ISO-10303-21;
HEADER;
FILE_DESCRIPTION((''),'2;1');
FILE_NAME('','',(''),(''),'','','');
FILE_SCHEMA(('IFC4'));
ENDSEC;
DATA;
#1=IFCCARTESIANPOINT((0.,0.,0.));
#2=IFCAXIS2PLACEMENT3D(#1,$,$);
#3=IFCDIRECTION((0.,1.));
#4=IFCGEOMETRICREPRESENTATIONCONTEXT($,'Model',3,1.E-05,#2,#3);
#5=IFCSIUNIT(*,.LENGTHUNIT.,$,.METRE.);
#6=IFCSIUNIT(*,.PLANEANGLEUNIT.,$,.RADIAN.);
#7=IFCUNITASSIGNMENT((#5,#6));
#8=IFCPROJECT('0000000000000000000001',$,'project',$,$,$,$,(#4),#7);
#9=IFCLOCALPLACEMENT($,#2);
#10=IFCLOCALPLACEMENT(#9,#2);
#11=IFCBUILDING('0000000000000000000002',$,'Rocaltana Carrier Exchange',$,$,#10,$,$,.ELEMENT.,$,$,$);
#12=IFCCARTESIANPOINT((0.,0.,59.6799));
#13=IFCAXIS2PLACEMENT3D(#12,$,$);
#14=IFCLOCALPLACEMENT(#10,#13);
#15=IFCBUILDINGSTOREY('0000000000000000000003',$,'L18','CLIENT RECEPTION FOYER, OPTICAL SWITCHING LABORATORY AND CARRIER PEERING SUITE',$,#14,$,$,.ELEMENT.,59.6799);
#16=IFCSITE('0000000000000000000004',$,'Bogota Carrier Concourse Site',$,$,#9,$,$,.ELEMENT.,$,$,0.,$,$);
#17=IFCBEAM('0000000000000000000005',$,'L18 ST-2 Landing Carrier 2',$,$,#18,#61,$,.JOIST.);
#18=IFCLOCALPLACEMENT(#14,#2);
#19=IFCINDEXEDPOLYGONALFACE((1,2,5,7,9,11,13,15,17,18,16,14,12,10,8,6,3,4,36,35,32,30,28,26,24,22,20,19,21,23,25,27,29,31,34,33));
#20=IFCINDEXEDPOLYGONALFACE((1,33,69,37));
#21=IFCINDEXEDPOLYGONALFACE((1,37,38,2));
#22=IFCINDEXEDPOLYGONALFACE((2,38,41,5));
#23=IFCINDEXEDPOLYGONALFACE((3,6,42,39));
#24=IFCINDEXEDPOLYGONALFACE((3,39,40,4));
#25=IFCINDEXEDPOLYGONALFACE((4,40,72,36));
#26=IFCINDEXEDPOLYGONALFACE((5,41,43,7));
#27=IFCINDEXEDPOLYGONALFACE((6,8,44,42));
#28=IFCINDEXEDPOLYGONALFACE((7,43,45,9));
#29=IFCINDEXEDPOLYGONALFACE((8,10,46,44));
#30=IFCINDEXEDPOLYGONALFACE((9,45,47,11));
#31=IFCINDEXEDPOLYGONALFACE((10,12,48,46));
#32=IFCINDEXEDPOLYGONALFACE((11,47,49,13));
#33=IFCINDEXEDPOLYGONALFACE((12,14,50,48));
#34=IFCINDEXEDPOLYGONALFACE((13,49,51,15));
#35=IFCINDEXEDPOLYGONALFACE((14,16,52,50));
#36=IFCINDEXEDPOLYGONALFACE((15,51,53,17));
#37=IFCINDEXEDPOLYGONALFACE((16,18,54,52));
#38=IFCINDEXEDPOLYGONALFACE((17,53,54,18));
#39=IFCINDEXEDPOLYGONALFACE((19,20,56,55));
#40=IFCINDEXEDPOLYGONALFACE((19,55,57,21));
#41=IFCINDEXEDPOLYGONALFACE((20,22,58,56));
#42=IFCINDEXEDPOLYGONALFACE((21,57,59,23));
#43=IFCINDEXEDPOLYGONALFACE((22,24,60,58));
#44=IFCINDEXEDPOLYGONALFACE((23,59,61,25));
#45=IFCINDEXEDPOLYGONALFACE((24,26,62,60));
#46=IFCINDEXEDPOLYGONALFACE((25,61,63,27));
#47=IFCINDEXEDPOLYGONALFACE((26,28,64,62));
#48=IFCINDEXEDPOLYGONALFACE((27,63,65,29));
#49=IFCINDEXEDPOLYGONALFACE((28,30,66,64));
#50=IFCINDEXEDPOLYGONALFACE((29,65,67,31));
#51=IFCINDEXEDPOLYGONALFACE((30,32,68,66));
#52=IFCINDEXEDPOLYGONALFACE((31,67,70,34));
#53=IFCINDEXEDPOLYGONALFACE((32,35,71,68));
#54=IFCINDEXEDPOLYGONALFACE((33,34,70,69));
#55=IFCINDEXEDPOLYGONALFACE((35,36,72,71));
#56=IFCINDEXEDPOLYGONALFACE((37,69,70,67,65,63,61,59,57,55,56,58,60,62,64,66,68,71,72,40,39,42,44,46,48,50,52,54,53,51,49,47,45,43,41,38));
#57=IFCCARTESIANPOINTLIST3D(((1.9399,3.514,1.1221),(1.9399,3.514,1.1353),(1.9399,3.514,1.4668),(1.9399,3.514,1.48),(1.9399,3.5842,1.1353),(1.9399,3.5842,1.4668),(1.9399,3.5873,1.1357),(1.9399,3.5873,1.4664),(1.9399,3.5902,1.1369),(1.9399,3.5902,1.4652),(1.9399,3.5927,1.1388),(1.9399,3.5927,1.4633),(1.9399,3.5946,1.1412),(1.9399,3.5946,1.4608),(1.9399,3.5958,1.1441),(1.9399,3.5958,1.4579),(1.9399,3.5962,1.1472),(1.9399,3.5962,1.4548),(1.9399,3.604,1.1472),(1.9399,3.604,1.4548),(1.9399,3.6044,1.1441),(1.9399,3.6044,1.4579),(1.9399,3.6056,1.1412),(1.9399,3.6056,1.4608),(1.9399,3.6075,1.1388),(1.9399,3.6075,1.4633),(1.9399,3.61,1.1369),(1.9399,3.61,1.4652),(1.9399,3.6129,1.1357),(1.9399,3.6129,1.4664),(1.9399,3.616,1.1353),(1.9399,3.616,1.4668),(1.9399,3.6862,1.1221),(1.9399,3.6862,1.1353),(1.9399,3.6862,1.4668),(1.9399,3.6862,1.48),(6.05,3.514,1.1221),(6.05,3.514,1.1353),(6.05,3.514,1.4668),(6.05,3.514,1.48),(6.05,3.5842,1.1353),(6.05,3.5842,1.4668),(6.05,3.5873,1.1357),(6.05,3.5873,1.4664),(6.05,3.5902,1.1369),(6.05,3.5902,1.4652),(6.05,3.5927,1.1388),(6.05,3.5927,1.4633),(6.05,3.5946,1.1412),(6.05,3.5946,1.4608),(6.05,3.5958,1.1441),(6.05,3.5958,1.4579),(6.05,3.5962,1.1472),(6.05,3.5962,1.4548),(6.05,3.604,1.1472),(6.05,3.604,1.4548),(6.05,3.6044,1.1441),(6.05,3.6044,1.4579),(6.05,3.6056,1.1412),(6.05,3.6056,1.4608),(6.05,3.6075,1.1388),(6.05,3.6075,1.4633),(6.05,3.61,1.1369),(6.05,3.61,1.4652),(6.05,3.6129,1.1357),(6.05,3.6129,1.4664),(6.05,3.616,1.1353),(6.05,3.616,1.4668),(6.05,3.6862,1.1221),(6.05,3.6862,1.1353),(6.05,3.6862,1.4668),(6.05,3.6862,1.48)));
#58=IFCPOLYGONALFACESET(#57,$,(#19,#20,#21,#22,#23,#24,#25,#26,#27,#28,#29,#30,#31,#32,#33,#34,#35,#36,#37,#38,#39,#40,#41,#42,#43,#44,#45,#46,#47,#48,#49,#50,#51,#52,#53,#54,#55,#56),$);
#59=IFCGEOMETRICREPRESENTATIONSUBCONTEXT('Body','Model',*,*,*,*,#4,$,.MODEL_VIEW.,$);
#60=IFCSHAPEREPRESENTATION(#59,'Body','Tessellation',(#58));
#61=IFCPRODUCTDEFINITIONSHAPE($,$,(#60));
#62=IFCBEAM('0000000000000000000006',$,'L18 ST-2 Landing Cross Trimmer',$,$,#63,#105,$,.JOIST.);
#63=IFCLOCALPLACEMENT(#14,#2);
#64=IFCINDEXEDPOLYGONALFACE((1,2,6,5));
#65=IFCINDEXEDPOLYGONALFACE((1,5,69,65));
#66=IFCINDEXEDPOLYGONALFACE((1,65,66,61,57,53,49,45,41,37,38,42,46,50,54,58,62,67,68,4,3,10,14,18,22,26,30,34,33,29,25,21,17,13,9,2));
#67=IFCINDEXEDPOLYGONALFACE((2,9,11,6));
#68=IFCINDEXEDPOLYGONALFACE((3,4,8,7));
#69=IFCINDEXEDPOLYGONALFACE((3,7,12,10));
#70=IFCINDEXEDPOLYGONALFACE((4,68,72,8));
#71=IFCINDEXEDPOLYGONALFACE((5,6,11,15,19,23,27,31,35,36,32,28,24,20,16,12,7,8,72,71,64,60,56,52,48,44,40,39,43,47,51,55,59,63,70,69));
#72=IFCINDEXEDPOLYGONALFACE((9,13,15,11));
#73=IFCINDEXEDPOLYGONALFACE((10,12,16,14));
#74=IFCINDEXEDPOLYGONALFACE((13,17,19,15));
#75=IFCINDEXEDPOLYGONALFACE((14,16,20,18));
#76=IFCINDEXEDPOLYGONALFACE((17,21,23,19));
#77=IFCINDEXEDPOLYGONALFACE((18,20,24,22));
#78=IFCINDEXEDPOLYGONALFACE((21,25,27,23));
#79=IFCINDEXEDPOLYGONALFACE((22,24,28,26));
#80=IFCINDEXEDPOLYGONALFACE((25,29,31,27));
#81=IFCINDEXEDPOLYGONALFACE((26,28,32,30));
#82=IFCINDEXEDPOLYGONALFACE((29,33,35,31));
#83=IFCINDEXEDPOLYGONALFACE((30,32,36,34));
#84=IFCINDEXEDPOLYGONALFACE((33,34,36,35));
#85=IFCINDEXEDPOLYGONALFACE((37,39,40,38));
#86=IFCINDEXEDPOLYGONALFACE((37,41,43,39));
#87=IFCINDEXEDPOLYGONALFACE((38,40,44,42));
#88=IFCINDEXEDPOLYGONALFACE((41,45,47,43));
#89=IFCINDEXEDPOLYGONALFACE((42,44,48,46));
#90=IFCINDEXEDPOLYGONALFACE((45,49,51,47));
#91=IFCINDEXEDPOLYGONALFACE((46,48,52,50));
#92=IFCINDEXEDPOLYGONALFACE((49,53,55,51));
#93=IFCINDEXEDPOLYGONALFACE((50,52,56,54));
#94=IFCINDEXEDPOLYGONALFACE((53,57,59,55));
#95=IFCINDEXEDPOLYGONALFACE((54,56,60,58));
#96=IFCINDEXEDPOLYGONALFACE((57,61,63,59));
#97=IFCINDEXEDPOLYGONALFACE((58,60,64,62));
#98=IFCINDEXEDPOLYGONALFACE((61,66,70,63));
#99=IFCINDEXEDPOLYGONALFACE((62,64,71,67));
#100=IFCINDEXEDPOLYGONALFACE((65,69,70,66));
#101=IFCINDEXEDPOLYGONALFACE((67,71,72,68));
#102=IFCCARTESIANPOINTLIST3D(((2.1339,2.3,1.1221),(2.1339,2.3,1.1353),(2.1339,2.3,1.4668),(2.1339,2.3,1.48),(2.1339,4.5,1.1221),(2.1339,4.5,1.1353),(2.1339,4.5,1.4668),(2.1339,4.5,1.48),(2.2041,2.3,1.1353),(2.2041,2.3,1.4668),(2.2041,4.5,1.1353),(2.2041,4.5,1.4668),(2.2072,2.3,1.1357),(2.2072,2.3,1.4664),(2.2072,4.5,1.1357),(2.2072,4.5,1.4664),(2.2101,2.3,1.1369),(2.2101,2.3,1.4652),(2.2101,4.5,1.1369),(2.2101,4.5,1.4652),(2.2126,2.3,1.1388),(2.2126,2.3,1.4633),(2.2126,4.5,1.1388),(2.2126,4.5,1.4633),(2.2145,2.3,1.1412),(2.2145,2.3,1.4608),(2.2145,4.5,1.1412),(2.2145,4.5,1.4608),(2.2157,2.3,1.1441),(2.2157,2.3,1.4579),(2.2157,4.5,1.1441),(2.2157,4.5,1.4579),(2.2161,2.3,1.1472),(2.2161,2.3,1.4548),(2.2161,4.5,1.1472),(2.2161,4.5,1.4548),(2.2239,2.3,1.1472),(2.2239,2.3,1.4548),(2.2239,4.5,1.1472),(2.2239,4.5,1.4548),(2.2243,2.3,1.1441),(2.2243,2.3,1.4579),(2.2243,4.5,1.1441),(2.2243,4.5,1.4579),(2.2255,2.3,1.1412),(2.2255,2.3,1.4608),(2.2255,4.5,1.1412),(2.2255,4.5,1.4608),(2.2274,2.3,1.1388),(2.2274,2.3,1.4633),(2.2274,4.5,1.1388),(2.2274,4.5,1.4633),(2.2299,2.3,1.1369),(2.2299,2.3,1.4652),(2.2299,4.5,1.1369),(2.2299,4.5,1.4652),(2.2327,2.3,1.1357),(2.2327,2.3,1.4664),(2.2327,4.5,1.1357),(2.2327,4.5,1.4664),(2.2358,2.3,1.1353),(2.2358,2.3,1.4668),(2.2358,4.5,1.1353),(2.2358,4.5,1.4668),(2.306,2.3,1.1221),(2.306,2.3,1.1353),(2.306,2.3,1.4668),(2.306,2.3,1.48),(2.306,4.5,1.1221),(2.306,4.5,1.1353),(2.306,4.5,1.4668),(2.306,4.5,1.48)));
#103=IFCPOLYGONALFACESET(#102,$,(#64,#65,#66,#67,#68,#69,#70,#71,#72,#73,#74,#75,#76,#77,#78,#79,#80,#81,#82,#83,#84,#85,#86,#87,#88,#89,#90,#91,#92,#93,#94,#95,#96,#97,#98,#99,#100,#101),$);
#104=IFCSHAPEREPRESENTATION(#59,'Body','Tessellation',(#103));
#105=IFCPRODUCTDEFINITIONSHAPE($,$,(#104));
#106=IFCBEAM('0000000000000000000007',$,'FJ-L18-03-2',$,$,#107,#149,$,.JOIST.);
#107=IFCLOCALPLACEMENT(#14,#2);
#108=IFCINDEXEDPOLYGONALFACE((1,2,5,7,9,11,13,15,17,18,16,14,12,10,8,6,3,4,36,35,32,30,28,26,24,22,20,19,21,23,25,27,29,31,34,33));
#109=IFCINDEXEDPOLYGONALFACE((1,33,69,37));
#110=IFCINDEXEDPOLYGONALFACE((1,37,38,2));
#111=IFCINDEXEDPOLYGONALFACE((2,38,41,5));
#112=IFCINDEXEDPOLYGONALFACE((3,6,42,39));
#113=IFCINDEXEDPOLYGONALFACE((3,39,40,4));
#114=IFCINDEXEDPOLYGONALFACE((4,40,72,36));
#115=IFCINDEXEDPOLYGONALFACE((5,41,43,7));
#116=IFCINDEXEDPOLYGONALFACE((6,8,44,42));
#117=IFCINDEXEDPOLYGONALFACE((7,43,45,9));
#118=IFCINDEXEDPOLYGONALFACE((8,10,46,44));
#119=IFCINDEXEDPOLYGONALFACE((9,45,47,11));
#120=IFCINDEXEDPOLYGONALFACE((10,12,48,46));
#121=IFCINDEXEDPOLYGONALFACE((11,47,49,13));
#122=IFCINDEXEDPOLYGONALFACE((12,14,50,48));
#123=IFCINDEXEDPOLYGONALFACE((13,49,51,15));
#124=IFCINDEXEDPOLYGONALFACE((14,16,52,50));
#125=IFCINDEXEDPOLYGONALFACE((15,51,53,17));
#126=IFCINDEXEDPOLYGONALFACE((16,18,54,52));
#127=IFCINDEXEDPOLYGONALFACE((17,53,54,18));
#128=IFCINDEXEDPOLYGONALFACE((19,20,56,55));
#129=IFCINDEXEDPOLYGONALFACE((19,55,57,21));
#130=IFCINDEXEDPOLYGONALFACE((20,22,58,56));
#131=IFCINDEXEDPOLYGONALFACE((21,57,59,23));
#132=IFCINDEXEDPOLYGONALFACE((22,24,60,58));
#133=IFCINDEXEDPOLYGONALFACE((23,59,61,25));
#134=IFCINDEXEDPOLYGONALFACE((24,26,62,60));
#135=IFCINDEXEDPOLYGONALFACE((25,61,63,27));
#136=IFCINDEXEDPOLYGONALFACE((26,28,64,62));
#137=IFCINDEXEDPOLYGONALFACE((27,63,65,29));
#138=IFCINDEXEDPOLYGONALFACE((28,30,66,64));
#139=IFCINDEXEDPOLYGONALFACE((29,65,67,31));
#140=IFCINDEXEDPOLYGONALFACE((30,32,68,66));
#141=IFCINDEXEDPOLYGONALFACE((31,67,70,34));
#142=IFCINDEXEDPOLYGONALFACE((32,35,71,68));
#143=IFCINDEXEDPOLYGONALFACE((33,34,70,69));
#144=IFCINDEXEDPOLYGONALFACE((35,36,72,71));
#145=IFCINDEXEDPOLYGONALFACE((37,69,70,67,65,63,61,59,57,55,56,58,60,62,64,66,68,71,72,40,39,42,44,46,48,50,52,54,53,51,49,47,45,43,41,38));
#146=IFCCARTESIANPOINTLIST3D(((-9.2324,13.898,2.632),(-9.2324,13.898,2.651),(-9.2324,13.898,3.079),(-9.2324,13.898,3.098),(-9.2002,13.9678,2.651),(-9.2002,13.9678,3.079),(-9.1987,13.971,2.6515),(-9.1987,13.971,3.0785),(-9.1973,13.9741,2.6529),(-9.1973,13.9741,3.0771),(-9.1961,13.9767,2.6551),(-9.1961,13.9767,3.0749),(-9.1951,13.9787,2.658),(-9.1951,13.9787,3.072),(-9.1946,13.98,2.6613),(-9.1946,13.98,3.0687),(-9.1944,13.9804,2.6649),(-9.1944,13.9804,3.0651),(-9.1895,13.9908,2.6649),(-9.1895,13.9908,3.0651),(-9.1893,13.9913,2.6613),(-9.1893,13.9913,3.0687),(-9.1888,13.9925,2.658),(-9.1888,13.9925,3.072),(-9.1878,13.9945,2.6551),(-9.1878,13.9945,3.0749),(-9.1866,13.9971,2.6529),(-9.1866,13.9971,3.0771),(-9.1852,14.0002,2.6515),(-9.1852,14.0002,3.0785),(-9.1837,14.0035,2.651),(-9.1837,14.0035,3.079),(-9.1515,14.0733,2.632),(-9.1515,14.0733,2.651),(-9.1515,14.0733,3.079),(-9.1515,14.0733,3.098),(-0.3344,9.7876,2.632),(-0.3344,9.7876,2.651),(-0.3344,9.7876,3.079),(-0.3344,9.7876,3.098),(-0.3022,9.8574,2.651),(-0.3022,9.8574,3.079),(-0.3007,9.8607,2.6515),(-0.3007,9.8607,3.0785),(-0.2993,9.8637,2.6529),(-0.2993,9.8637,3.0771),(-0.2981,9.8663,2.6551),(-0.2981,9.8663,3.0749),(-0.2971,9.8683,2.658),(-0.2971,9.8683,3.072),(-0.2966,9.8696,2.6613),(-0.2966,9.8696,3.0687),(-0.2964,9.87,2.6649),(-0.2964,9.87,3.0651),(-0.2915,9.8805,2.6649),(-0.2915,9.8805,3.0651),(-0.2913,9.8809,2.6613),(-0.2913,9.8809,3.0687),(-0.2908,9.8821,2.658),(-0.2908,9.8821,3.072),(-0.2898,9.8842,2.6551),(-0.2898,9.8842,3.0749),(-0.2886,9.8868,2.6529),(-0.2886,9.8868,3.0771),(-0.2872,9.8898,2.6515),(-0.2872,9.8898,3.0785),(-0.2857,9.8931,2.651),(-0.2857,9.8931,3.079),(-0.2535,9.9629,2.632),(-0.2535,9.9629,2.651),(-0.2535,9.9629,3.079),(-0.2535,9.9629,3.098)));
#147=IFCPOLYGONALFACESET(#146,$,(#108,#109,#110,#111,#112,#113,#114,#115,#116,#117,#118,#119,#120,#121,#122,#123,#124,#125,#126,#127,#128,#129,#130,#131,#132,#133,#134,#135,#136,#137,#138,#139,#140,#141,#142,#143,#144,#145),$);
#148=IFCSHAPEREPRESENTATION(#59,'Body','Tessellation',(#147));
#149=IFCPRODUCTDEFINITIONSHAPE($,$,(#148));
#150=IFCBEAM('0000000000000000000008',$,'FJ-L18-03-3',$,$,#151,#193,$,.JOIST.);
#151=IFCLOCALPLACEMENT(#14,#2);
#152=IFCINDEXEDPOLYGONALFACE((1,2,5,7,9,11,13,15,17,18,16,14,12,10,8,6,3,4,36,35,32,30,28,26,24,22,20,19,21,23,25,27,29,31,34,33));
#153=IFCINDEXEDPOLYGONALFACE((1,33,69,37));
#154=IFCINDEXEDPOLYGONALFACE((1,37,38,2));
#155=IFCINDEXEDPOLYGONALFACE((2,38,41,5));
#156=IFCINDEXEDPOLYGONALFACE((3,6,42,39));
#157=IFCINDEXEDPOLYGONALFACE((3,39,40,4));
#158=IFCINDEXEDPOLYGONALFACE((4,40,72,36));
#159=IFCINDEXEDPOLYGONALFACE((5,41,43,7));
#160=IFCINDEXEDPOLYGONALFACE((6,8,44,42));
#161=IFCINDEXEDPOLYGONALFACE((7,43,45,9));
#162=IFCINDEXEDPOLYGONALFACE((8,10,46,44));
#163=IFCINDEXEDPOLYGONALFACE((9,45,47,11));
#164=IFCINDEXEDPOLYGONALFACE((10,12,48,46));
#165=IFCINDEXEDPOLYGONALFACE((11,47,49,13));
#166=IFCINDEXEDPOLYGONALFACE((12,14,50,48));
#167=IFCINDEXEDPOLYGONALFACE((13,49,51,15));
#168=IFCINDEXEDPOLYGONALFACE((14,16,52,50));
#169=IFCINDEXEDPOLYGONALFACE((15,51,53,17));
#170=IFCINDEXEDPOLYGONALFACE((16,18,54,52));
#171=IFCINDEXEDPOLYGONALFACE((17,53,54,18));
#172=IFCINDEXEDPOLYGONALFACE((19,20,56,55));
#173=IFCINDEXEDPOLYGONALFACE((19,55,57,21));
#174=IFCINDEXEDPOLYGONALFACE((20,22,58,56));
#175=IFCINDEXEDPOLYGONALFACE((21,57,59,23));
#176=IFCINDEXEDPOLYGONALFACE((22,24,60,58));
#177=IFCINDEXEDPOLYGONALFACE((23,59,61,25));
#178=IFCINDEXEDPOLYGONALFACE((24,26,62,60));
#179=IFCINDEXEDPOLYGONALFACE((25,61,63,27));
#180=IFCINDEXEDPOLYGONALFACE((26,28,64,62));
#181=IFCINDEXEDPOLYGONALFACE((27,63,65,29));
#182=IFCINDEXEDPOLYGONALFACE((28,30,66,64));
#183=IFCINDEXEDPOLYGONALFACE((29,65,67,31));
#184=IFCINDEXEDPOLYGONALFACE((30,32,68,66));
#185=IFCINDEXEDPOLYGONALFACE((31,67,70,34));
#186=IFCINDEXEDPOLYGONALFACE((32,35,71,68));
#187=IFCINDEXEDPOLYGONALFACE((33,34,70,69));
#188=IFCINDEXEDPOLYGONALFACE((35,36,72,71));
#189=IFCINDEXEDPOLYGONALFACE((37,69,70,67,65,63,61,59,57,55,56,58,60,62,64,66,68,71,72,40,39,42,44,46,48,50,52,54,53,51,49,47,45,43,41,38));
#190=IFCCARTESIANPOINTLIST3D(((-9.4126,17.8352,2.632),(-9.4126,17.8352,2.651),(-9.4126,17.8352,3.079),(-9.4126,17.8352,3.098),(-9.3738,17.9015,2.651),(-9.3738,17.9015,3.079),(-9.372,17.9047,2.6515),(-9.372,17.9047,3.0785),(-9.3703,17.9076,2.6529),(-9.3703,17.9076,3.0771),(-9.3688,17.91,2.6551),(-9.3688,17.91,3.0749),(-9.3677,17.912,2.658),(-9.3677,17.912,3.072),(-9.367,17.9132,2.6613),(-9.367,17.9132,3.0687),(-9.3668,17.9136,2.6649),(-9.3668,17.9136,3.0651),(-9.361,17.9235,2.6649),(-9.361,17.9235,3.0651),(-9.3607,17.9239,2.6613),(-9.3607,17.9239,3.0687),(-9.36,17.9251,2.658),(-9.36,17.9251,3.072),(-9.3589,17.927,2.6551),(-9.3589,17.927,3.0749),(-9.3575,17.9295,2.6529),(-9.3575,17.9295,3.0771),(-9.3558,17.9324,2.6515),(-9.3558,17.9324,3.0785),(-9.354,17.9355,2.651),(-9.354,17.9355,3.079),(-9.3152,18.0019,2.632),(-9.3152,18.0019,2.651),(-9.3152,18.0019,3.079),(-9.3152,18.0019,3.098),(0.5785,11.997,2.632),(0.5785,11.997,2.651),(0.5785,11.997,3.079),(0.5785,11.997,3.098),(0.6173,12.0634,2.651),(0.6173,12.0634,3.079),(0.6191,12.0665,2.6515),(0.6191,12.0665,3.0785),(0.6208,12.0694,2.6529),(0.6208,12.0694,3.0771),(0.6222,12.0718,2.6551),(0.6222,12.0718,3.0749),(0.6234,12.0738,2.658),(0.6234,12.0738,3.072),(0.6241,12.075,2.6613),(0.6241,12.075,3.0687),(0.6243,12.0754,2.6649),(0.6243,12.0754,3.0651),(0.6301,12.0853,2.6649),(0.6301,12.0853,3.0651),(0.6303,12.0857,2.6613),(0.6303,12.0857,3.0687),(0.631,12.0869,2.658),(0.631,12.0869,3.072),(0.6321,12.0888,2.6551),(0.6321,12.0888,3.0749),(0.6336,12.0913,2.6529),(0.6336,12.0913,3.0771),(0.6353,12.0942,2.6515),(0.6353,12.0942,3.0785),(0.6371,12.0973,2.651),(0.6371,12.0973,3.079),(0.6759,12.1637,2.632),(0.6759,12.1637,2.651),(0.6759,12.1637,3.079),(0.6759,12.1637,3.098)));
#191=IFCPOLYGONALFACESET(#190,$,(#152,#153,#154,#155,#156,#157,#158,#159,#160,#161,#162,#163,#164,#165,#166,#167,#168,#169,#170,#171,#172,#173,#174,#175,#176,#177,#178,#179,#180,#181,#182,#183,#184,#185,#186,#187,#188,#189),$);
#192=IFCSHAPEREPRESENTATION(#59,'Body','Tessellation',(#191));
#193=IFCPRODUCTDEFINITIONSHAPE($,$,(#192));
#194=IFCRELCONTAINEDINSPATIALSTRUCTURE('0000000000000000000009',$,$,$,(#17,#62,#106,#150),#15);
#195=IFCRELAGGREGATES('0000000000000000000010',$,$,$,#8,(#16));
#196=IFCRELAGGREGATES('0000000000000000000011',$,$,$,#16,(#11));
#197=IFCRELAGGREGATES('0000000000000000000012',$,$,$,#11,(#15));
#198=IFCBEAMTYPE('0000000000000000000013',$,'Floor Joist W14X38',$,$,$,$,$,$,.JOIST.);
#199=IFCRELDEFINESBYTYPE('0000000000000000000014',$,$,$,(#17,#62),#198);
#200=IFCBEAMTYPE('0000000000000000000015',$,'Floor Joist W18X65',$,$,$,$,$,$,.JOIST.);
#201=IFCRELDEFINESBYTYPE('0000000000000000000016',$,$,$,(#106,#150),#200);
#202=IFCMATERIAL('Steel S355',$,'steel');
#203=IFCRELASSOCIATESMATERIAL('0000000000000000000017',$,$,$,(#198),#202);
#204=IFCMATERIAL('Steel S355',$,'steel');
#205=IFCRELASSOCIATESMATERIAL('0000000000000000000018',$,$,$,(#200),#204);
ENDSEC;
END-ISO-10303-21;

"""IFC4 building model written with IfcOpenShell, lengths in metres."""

from ifc_helpers import new_model, si_unit, direction, frame, origin, origin_2d, place, context, subcontext, project, spatial, i_section, extrude, material, material_profile, profile_set, type_object, element, save


model = new_model("IFC4")

# Units and contexts
model_context = context("Model", 3, precision=1e-05, world=origin(), true_north=direction((0.0, 1.0)))
body_context = subcontext(model_context, "Body", "Model", "MODEL_VIEW")
ifc_project = project(units=[si_unit("LENGTHUNIT", "METRE"), si_unit("PLANEANGLEUNIT", "RADIAN")], contexts=[model_context])

# Site, building, storey
site_placement = place(None, origin())
site = spatial("IfcSite", under=ifc_project, at=site_placement, Name="Bogota Carrier Concourse Site", CompositionType="ELEMENT", RefElevation=0.0)
building_placement = place(site_placement, origin())
building = spatial("IfcBuilding", under=site, at=building_placement, Name="Rocaltana Carrier Exchange", CompositionType="ELEMENT")
storey_placement = place(building_placement, frame((0.0, 0.0, 59.6799)))
storey = spatial("IfcBuildingStorey", under=building, at=storey_placement, Name="L18", Description="CLIENT RECEPTION FOYER, OPTICAL SWITCHING LABORATORY AND CARRIER PEERING SUITE", CompositionType="ELEMENT", Elevation=59.6799)

# Beams
ifc_material_1 = material(Name="Steel S355", Category="steel")
ifc_material_profile_1 = material_profile(ifc_material_1, i_section(OverallWidth=0.1721, OverallDepth=0.3579, WebThickness=0.0078, FlangeThickness=0.0132, FilletRadius=0.012, at=origin_2d()), Name="W14X38")
ifc_profile_set_1 = profile_set([ifc_material_profile_1], Name="Steel S355")
beam_type_1 = type_object("IfcBeamType", Name="Floor Joist W14X38", PredefinedType="JOIST", material=ifc_profile_set_1)
for number, where, z_axis, x_axis, name in (
    (1, (1.9399, 3.6001, 1.301), (1.0, 0.0, 0.0), (0.0, 1.0, 0.0), "L18 ST-2 Landing Carrier 2"),
):
    element("IfcBeam", number, at=place(storey_placement, frame(where, z_axis=z_axis, x_axis=x_axis)), inside=storey, type_object=beam_type_1, Name=name, PredefinedType="JOIST", context=body_context, shape_type="SweptSolid", body=[
        extrude(i_section(OverallWidth=0.1721, OverallDepth=0.3579, WebThickness=0.0078, FlangeThickness=0.0132, FilletRadius=0.012, at=origin_2d()), origin(), (0.0, 0.0, 1.0), 4.1101),
    ])
beam_1_placement = place(storey_placement, frame((2.22, 2.3, 1.301), z_axis=(0.0, 1.0, 0.0), x_axis=(-1.0, 0.0, 0.0)))
element("IfcBeam", 2, at=beam_1_placement, inside=storey, type_object=beam_type_1, Name="L18 ST-2 Landing Cross Trimmer", PredefinedType="JOIST", context=body_context, shape_type="SweptSolid", body=[
    extrude(i_section(OverallWidth=0.1721, OverallDepth=0.3579, WebThickness=0.0078, FlangeThickness=0.0132, FilletRadius=0.012, at=origin_2d()), origin(), (0.0, 0.0, 1.0), 2.2),
])
ifc_material_2 = material(Name="Steel S355", Category="steel")
ifc_material_profile_2 = material_profile(ifc_material_2, i_section(OverallWidth=0.1931, OverallDepth=0.4661, WebThickness=0.0115, FlangeThickness=0.019, FilletRadius=0.0139, at=origin_2d()), Name="W18X65")
ifc_profile_set_2 = profile_set([ifc_material_profile_2], Name="Steel S355")
beam_type_2 = type_object("IfcBeamType", Name="Floor Joist W18X65", PredefinedType="JOIST", material=ifc_profile_set_2)
beam_2_placement = place(storey_placement, frame((-0.2939, 9.8752, 2.865), z_axis=(-0.907819, 0.419361, 0.0), x_axis=(-0.419361, -0.907819, 0.0)))
element("IfcBeam", 3, at=beam_2_placement, inside=storey, type_object=beam_type_2, Name="FJ-L18-03-2", PredefinedType="JOIST", context=body_context, shape_type="SweptSolid", body=[
    extrude(i_section(OverallWidth=0.1931, OverallDepth=0.4661, WebThickness=0.0115, FlangeThickness=0.019, FilletRadius=0.0139, at=origin_2d()), origin(), (0.0, 0.0, 1.0), 9.8015),
])
beam_3_placement = place(storey_placement, frame((0.6272, 12.0803, 2.865), z_axis=(-0.8634, 0.50452, 0.0), x_axis=(-0.50452, -0.8634, 0.0)))
element("IfcBeam", 4, at=beam_3_placement, inside=storey, type_object=beam_type_2, Name="FJ-L18-03-3", PredefinedType="JOIST", context=body_context, shape_type="SweptSolid", body=[
    extrude(i_section(OverallWidth=0.1931, OverallDepth=0.4661, WebThickness=0.0115, FlangeThickness=0.019, FilletRadius=0.0139, at=origin_2d()), origin(), (0.0, 0.0, 1.0), 11.5718),
])

save(model, "model.ifc")
